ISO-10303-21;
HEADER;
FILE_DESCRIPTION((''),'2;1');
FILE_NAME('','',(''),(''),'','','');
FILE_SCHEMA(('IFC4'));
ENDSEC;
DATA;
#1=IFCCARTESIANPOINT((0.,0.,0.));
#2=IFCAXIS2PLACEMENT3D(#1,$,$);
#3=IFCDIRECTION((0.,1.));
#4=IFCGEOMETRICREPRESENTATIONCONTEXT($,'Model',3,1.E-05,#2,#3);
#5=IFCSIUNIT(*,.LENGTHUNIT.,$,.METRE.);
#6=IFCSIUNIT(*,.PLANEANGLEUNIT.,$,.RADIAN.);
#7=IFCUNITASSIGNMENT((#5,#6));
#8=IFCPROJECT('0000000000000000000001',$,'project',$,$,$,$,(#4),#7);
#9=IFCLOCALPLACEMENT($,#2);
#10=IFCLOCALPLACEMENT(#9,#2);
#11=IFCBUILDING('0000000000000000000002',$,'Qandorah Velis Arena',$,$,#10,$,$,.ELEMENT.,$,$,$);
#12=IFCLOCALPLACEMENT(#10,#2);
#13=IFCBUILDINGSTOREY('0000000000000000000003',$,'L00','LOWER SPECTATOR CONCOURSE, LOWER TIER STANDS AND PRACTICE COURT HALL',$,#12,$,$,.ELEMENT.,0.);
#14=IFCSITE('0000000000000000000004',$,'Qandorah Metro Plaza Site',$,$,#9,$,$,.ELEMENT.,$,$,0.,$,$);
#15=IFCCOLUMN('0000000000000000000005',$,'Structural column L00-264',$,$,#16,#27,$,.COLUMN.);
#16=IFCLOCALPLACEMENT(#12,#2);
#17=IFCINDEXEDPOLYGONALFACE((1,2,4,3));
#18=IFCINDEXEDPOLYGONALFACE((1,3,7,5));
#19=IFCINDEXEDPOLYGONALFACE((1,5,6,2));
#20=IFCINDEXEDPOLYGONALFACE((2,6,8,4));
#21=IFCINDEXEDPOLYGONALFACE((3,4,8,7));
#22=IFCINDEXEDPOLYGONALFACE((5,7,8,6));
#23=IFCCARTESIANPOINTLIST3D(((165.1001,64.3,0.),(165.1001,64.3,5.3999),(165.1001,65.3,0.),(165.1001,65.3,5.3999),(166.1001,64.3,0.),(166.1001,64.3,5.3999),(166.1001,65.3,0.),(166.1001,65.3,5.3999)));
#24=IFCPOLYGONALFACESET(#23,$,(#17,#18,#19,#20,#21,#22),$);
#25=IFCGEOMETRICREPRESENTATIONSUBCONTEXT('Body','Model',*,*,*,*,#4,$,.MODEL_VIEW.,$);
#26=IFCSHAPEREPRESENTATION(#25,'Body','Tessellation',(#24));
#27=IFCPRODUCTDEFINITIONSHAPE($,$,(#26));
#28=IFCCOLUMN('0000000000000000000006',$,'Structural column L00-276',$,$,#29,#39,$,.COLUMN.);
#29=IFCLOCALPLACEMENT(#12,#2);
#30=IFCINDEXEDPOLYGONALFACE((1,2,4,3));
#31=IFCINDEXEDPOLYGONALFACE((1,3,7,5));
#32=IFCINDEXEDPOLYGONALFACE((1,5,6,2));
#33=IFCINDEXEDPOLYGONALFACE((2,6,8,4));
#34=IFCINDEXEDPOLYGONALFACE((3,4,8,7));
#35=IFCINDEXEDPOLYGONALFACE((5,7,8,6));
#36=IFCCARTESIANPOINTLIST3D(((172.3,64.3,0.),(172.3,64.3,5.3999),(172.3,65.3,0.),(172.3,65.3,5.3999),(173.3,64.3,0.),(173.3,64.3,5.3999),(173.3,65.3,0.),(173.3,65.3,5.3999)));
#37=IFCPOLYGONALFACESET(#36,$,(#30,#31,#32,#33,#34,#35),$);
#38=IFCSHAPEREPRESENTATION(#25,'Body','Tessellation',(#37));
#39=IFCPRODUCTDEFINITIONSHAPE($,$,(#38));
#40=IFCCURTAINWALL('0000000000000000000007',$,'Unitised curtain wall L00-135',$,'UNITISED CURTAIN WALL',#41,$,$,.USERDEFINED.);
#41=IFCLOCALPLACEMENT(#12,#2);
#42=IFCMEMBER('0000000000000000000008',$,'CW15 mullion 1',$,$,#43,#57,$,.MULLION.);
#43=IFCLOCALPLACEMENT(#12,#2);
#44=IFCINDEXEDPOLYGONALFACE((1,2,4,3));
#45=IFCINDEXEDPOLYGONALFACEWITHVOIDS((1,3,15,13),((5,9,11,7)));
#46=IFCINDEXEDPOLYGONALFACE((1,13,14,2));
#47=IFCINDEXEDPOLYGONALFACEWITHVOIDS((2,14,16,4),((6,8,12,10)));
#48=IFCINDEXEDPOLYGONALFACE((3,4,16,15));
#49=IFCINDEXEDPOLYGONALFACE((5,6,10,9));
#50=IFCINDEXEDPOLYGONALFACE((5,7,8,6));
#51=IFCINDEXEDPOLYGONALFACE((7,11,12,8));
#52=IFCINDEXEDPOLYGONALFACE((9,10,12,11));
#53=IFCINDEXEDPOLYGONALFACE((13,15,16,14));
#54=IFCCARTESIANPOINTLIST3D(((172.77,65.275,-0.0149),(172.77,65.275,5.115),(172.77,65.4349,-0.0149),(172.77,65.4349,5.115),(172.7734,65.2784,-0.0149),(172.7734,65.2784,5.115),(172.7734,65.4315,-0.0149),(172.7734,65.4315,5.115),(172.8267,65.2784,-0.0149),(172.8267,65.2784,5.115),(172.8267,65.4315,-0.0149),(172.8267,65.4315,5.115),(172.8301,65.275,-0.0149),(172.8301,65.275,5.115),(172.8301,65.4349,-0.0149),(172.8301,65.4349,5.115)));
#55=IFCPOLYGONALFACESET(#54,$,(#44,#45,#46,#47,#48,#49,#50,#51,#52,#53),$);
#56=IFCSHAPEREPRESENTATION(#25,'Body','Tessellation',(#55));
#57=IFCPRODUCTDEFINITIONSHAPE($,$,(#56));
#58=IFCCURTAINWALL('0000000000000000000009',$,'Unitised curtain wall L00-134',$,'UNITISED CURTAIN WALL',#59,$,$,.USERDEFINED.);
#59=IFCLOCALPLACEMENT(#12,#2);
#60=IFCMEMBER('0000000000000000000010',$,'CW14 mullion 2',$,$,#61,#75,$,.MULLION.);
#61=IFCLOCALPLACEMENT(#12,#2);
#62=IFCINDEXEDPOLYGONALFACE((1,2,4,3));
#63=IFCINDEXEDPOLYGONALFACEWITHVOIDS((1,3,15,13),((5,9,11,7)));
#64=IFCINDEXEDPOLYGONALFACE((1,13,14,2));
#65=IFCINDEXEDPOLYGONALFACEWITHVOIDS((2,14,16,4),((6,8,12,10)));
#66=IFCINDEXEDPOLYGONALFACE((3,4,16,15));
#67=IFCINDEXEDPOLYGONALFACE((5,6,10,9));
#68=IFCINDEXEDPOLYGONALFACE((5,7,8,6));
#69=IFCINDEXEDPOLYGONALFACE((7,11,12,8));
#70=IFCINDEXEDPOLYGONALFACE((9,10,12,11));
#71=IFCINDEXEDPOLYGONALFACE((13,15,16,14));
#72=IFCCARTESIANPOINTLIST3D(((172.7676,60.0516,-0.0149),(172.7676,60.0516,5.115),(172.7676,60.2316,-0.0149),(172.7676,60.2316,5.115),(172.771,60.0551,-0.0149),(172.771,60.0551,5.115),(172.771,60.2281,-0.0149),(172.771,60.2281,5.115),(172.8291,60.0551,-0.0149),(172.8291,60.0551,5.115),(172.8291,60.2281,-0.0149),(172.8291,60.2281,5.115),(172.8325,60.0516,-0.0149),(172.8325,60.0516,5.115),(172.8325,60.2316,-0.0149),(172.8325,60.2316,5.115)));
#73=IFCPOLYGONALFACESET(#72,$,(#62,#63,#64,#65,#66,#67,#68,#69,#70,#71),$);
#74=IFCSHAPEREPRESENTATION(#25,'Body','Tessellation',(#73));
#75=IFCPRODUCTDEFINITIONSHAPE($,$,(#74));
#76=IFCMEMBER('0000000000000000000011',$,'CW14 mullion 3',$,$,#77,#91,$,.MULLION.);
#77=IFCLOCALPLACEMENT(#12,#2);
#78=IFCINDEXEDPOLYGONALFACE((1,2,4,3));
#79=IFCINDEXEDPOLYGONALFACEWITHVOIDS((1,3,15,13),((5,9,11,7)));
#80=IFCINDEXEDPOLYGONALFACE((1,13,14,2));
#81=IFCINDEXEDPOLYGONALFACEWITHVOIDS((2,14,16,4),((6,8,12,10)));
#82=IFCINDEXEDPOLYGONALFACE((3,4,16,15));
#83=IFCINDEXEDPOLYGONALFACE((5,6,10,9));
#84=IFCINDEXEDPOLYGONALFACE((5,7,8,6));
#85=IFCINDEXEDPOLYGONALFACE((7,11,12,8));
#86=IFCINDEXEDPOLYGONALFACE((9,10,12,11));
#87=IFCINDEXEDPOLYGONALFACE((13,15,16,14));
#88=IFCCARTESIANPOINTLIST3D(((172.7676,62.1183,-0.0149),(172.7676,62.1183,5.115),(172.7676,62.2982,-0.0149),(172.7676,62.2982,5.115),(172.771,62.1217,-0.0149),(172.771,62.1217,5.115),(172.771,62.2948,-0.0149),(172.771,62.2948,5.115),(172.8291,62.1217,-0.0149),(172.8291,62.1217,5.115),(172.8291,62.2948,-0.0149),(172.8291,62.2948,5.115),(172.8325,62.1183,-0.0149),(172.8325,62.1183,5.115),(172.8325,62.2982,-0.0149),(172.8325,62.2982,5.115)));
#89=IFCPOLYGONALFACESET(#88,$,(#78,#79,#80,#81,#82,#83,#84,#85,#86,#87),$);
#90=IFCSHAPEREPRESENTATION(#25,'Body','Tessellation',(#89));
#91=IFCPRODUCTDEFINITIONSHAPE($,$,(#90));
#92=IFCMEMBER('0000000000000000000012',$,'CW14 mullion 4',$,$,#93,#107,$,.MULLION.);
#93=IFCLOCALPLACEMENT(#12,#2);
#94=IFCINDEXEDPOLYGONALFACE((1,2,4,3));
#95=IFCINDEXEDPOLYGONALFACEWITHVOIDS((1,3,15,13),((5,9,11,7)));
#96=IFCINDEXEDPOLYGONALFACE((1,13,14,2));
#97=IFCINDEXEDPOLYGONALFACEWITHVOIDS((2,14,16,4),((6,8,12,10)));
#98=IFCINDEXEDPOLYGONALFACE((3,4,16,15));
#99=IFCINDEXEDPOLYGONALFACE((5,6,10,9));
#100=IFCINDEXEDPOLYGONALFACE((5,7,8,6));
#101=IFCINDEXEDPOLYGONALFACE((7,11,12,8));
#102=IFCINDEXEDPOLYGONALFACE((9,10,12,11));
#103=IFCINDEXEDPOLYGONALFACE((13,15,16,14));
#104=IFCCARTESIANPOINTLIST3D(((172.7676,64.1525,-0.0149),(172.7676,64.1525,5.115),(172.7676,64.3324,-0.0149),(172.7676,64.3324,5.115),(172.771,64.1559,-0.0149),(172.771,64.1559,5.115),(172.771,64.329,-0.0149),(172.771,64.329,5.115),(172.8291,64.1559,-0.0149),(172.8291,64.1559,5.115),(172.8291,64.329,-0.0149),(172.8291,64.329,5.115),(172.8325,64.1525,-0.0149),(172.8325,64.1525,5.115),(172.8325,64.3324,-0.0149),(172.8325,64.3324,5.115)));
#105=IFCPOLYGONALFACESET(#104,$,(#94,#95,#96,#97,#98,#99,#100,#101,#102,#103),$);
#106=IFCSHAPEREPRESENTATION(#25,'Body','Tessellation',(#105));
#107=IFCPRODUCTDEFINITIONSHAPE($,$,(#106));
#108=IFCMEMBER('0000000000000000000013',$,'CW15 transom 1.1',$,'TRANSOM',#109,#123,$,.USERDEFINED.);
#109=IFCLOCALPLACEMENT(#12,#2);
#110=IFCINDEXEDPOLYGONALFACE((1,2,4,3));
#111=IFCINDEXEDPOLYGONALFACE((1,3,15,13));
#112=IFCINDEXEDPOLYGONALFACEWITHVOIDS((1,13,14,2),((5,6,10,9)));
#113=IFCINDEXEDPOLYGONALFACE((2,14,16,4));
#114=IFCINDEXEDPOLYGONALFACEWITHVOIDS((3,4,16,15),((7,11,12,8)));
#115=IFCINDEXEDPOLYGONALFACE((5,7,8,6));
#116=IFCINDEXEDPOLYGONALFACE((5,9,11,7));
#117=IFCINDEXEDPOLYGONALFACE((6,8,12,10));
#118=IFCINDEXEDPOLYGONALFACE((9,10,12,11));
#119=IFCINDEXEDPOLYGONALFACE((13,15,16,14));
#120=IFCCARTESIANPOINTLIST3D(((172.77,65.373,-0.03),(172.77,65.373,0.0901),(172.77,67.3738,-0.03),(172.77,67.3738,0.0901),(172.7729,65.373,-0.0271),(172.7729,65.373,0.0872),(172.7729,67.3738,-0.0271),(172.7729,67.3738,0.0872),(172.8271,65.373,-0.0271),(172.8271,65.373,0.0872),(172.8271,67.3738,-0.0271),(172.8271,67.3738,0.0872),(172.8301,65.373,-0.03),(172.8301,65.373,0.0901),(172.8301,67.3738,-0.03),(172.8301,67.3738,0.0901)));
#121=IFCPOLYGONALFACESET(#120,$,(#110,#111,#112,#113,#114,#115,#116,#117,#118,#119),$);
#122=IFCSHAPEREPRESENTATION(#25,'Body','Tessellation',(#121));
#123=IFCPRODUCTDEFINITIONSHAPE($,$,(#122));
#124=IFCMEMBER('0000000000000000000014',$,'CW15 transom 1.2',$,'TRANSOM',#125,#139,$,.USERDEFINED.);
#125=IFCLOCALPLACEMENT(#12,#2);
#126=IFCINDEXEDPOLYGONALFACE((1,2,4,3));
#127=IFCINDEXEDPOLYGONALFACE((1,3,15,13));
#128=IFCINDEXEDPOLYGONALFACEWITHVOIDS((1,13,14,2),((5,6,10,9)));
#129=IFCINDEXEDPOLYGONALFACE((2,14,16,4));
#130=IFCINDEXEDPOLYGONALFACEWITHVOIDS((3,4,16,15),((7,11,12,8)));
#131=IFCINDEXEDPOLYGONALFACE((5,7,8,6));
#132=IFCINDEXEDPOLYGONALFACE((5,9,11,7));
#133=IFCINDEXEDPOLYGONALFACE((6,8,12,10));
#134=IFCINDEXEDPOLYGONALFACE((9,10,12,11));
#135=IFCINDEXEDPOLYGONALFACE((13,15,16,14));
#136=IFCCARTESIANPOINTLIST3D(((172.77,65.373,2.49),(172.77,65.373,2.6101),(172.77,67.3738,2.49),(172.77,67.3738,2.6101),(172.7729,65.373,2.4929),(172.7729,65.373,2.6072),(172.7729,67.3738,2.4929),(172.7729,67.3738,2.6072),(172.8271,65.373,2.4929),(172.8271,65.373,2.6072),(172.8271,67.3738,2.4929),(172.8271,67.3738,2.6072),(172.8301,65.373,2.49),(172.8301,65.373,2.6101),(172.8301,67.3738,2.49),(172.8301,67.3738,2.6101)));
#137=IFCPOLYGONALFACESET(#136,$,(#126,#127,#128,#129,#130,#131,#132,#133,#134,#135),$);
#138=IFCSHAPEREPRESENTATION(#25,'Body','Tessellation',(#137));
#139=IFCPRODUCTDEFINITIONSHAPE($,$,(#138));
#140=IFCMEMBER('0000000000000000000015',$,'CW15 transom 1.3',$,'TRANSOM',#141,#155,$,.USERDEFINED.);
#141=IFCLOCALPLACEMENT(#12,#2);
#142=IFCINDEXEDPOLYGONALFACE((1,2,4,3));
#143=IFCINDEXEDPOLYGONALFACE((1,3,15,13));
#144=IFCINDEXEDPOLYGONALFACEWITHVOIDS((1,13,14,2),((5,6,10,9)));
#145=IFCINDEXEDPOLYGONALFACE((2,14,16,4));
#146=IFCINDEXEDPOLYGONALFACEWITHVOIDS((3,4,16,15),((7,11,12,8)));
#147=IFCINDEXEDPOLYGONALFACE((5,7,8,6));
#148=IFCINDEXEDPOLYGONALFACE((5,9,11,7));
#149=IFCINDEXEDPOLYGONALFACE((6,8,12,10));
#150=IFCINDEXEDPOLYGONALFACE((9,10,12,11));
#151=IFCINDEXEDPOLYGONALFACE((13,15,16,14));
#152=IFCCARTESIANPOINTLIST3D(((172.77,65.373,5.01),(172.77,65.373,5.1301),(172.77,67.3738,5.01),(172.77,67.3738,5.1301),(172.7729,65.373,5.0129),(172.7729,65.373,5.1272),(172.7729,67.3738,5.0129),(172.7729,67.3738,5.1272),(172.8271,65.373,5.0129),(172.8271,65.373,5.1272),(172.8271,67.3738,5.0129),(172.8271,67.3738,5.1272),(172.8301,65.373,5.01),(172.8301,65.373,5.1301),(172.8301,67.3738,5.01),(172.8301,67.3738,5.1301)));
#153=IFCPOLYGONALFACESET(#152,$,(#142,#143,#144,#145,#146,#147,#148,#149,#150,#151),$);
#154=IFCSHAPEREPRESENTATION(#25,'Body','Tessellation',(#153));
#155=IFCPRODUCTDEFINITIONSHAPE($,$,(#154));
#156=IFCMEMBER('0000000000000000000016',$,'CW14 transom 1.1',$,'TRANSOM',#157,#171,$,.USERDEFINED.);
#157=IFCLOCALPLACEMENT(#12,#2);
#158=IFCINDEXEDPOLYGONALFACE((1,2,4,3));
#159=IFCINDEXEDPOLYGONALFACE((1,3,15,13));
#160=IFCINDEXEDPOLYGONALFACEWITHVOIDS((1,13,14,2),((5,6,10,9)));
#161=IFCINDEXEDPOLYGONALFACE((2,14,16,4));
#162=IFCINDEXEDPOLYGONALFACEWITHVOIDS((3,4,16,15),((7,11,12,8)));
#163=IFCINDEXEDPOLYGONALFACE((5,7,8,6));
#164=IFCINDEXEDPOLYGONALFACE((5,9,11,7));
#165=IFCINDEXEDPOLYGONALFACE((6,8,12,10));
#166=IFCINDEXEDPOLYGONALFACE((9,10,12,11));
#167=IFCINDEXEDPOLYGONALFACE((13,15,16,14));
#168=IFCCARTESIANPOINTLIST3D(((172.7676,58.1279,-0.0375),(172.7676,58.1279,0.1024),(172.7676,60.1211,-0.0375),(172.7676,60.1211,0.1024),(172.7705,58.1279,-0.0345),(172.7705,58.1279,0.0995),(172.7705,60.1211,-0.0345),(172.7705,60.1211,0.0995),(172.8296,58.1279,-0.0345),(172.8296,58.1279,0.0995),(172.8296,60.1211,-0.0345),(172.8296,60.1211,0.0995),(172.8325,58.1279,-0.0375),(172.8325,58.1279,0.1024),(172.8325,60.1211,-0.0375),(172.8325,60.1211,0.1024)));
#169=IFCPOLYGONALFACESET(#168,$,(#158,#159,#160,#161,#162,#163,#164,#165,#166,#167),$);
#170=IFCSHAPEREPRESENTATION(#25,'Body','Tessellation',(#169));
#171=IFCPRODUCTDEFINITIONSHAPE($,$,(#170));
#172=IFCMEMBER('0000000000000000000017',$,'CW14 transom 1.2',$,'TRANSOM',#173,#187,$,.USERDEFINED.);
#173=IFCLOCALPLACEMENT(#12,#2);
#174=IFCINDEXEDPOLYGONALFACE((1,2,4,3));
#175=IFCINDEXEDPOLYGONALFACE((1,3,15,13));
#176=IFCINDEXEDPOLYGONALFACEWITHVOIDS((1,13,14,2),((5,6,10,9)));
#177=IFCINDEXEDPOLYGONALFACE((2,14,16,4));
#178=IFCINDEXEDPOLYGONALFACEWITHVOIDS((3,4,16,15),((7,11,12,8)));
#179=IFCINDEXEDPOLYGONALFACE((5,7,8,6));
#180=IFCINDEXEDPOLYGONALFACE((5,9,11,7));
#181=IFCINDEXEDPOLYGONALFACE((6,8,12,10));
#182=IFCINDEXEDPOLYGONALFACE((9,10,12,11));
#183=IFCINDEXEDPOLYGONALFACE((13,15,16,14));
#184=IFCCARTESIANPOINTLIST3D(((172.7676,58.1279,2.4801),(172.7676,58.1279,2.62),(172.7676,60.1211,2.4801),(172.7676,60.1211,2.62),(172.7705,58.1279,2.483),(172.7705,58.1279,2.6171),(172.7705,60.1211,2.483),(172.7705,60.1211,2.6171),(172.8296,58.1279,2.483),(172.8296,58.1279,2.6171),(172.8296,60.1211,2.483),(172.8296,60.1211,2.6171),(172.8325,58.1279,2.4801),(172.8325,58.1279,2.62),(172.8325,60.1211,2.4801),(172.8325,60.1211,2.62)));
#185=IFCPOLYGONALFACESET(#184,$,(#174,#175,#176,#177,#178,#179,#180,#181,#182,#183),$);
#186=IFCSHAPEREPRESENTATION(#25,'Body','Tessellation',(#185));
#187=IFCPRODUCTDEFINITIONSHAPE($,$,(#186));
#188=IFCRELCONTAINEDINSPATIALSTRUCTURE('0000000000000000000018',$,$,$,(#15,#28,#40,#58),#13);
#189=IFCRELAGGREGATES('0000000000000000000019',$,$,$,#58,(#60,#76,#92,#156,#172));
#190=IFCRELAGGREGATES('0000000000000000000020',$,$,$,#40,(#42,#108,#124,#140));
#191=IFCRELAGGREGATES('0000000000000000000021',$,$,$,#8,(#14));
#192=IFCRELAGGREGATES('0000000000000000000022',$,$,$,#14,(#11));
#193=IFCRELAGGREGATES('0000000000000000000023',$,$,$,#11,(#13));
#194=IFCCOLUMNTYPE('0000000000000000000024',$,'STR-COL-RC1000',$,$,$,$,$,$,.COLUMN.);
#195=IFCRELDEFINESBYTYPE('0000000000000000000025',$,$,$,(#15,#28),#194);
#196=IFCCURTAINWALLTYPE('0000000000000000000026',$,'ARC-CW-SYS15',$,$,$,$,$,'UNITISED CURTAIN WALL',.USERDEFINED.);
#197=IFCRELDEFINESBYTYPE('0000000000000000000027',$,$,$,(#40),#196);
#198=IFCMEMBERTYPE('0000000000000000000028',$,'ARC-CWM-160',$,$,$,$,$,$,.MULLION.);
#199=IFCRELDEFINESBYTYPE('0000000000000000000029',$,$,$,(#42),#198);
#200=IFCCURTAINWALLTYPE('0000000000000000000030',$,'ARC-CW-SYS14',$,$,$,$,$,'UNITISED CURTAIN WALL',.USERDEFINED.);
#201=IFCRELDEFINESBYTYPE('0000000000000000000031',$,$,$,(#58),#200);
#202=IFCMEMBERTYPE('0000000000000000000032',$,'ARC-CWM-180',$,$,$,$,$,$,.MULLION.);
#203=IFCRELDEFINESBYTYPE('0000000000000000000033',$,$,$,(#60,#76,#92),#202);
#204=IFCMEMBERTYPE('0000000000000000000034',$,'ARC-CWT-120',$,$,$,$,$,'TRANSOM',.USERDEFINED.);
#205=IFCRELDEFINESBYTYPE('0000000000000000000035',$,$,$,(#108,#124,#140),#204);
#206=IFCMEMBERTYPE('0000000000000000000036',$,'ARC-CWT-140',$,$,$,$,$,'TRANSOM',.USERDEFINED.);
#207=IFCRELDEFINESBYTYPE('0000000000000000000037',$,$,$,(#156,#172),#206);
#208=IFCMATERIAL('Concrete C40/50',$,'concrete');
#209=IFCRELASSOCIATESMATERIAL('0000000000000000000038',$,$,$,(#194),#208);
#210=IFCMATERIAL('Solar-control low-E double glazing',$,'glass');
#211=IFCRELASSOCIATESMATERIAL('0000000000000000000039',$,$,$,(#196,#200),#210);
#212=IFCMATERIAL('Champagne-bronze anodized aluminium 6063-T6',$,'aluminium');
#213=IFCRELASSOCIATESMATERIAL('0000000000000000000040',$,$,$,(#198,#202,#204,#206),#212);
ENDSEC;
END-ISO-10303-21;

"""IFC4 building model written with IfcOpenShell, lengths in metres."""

from ifc_helpers import new_model, si_unit, direction, frame, origin, origin_2d, place, context, subcontext, project, spatial, rectangle, hollow_rectangle, extrude, material, material_profile, profile_set, type_object, element, aggregate, save


model = new_model("IFC4")

# Units and contexts
model_context = context("Model", 3, precision=1e-05, world=origin(), true_north=direction((0.0, 1.0)))
body_context = subcontext(model_context, "Body", "Model", "MODEL_VIEW")
ifc_project = project(units=[si_unit("LENGTHUNIT", "METRE"), si_unit("PLANEANGLEUNIT", "RADIAN")], contexts=[model_context])

# Site, building, storey
site_placement = place(None, origin())
site = spatial("IfcSite", under=ifc_project, at=site_placement, Name="Qandorah Metro Plaza Site", CompositionType="ELEMENT", RefElevation=0.0)
building_placement = place(site_placement, origin())
building = spatial("IfcBuilding", under=site, at=building_placement, Name="Qandorah Velis Arena", CompositionType="ELEMENT")
storey_placement = place(building_placement, origin())
storey = spatial("IfcBuildingStorey", under=building, at=storey_placement, Name="L00", Description="LOWER SPECTATOR CONCOURSE, LOWER TIER STANDS AND PRACTICE COURT HALL", CompositionType="ELEMENT", Elevation=0.0)

# Columns
ifc_material_1 = material(Name="Concrete C40/50", Category="concrete")
ifc_material_profile_1 = material_profile(ifc_material_1, rectangle(XDim=1.0, YDim=1.0, at=origin_2d()), Name="RC COL 1000x1000")
ifc_profile_set_1 = profile_set([ifc_material_profile_1], Name="Concrete C40/50")
column_type = type_object("IfcColumnType", Name="STR-COL-RC1000", PredefinedType="COLUMN", material=ifc_profile_set_1)
for number, where, z_axis, x_axis, name in (
    (1, (165.6001, 64.8, 0.0), (0.0, 0.0, 1.0), (1.0, 0.0, 0.0), "Structural column L00-264"),
    (2, (172.8, 64.8, 0.0), (0.0, 0.0, 1.0), (1.0, 0.0, 0.0), "Structural column L00-276"),
):
    element("IfcColumn", number, at=place(storey_placement, frame(where, z_axis=z_axis, x_axis=x_axis)), inside=storey, type_object=column_type, Name=name, PredefinedType="COLUMN", context=body_context, shape_type="SweptSolid", body=[
        extrude(rectangle(XDim=1.0, YDim=1.0, at=origin_2d()), origin(), (0.0, 0.0, 1.0), 5.3999),
    ])

# Curtain wall, member
ifc_material_2 = material(Name="Solar-control low-E double glazing", Category="glass")
curtain_wall_type_1 = type_object("IfcCurtainWallType", Name="ARC-CW-SYS15", ElementType="UNITISED CURTAIN WALL", PredefinedType="USERDEFINED", material=ifc_material_2)
curtain_wall_1_placement = place(storey_placement, origin())
curtain_wall_1 = element("IfcCurtainWall", 3, at=curtain_wall_1_placement, inside=storey, type_object=curtain_wall_type_1, Name="Unitised curtain wall L00-135", ObjectType="UNITISED CURTAIN WALL", PredefinedType="USERDEFINED")
ifc_material_3 = material(Name="Champagne-bronze anodized aluminium 6063-T6", Category="aluminium")
ifc_material_profile_2 = material_profile(ifc_material_3, hollow_rectangle(XDim=0.0601, YDim=0.1599, WallThickness=0.0034, at=origin_2d()), Name="ALU MULLION 60x160")
ifc_profile_set_2 = profile_set([ifc_material_profile_2], Name="Champagne-bronze anodized aluminium 6063-T6")
member_type_1 = type_object("IfcMemberType", Name="ARC-CWM-160", PredefinedType="MULLION", material=ifc_profile_set_2)
member_1_placement = place(storey_placement, frame((172.8, 65.355, -0.0149), z_axis=(0.0, 0.0, 1.0), x_axis=(-1.0, 0.0, 0.0)))
member_1 = element("IfcMember", 4, at=member_1_placement, type_object=member_type_1, Name="CW15 mullion 1", PredefinedType="MULLION", context=body_context, shape_type="SweptSolid", body=[
    extrude(hollow_rectangle(XDim=0.0601, YDim=0.1599, WallThickness=0.0034, at=origin_2d()), origin(), (0.0, 0.0, 1.0), 5.1299),
])

# Curtain wall, members
curtain_wall_type_2 = type_object("IfcCurtainWallType", Name="ARC-CW-SYS14", ElementType="UNITISED CURTAIN WALL", PredefinedType="USERDEFINED", material=ifc_material_2)
curtain_wall_2_placement = place(storey_placement, origin())
curtain_wall_2 = element("IfcCurtainWall", 5, at=curtain_wall_2_placement, inside=storey, type_object=curtain_wall_type_2, Name="Unitised curtain wall L00-134", ObjectType="UNITISED CURTAIN WALL", PredefinedType="USERDEFINED")
ifc_material_profile_3 = material_profile(ifc_material_3, hollow_rectangle(XDim=0.0649, YDim=0.1799, WallThickness=0.0034, at=origin_2d()), Name="ALU MULLION 65x180")
ifc_profile_set_3 = profile_set([ifc_material_profile_3], Name="Champagne-bronze anodized aluminium 6063-T6")
member_type_2 = type_object("IfcMemberType", Name="ARC-CWM-180", PredefinedType="MULLION", material=ifc_profile_set_3)
member_2_placement = place(storey_placement, frame((172.8, 60.1416, -0.0149), z_axis=(0.0, 0.0, 1.0), x_axis=(-1.0, 0.0, 0.0)))
member_2 = element("IfcMember", 6, at=member_2_placement, type_object=member_type_2, Name="CW14 mullion 2", PredefinedType="MULLION", context=body_context, shape_type="SweptSolid", body=[
    extrude(hollow_rectangle(XDim=0.0649, YDim=0.1799, WallThickness=0.0034, at=origin_2d()), origin(), (0.0, 0.0, 1.0), 5.1299),
])
member_3_placement = place(storey_placement, frame((172.8, 62.2083, -0.0149), z_axis=(0.0, 0.0, 1.0), x_axis=(-1.0, 0.0, 0.0)))
member_3 = element("IfcMember", 7, at=member_3_placement, type_object=member_type_2, Name="CW14 mullion 3", PredefinedType="MULLION", context=body_context, shape_type="SweptSolid", body=[
    extrude(hollow_rectangle(XDim=0.0649, YDim=0.1799, WallThickness=0.0034, at=origin_2d()), origin(), (0.0, 0.0, 1.0), 5.1299),
])
member_4_placement = place(storey_placement, frame((172.8, 64.2424, -0.0149), z_axis=(0.0, 0.0, 1.0), x_axis=(-1.0, 0.0, 0.0)))
member_4 = element("IfcMember", 8, at=member_4_placement, type_object=member_type_2, Name="CW14 mullion 4", PredefinedType="MULLION", context=body_context, shape_type="SweptSolid", body=[
    extrude(hollow_rectangle(XDim=0.0649, YDim=0.1799, WallThickness=0.0034, at=origin_2d()), origin(), (0.0, 0.0, 1.0), 5.1299),
])

# Members
ifc_material_profile_4 = material_profile(ifc_material_3, hollow_rectangle(XDim=0.0601, YDim=0.1201, WallThickness=0.0029, at=origin_2d()), Name="ALU TRANSOM 60x120")
ifc_profile_set_4 = profile_set([ifc_material_profile_4], Name="Champagne-bronze anodized aluminium 6063-T6")
member_type_3 = type_object("IfcMemberType", Name="ARC-CWT-120", ElementType="TRANSOM", PredefinedType="USERDEFINED", material=ifc_profile_set_4)
member_5_placement = place(storey_placement, frame((172.8, 65.373, 0.03), z_axis=(0.0, 1.0, 0.0), x_axis=(-1.0, 0.0, 0.0)))
member_5 = element("IfcMember", 9, at=member_5_placement, type_object=member_type_3, Name="CW15 transom 1.1", ObjectType="TRANSOM", PredefinedType="USERDEFINED", context=body_context, shape_type="SweptSolid", body=[
    extrude(hollow_rectangle(XDim=0.0601, YDim=0.1201, WallThickness=0.0029, at=origin_2d()), origin(), (0.0, 0.0, 1.0), 2.0007),
])
member_6_placement = place(storey_placement, frame((172.8, 65.373, 2.55), z_axis=(0.0, 1.0, 0.0), x_axis=(-1.0, 0.0, 0.0)))
member_6 = element("IfcMember", 10, at=member_6_placement, type_object=member_type_3, Name="CW15 transom 1.2", ObjectType="TRANSOM", PredefinedType="USERDEFINED", context=body_context, shape_type="SweptSolid", body=[
    extrude(hollow_rectangle(XDim=0.0601, YDim=0.1201, WallThickness=0.0029, at=origin_2d()), origin(), (0.0, 0.0, 1.0), 2.0007),
])
member_7_placement = place(storey_placement, frame((172.8, 65.373, 5.0701), z_axis=(0.0, 1.0, 0.0), x_axis=(-1.0, 0.0, 0.0)))
member_7 = element("IfcMember", 11, at=member_7_placement, type_object=member_type_3, Name="CW15 transom 1.3", ObjectType="TRANSOM", PredefinedType="USERDEFINED", context=body_context, shape_type="SweptSolid", body=[
    extrude(hollow_rectangle(XDim=0.0601, YDim=0.1201, WallThickness=0.0029, at=origin_2d()), origin(), (0.0, 0.0, 1.0), 2.0007),
])
ifc_material_profile_5 = material_profile(ifc_material_3, hollow_rectangle(XDim=0.0649, YDim=0.1399, WallThickness=0.0029, at=origin_2d()), Name="ALU TRANSOM 65x140")
ifc_profile_set_5 = profile_set([ifc_material_profile_5], Name="Champagne-bronze anodized aluminium 6063-T6")
member_type_4 = type_object("IfcMemberType", Name="ARC-CWT-140", ElementType="TRANSOM", PredefinedType="USERDEFINED", material=ifc_profile_set_5)
member_8_placement = place(storey_placement, frame((172.8, 58.1279, 0.0325), z_axis=(0.0, 1.0, 0.0), x_axis=(-1.0, 0.0, 0.0)))
member_8 = element("IfcMember", 12, at=member_8_placement, type_object=member_type_4, Name="CW14 transom 1.1", ObjectType="TRANSOM", PredefinedType="USERDEFINED", context=body_context, shape_type="SweptSolid", body=[
    extrude(hollow_rectangle(XDim=0.0649, YDim=0.1399, WallThickness=0.0029, at=origin_2d()), origin(), (0.0, 0.0, 1.0), 1.9932),
])
member_9_placement = place(storey_placement, frame((172.8, 58.1279, 2.55), z_axis=(0.0, 1.0, 0.0), x_axis=(-1.0, 0.0, 0.0)))
member_9 = element("IfcMember", 13, at=member_9_placement, type_object=member_type_4, Name="CW14 transom 1.2", ObjectType="TRANSOM", PredefinedType="USERDEFINED", context=body_context, shape_type="SweptSolid", body=[
    extrude(hollow_rectangle(XDim=0.0649, YDim=0.1399, WallThickness=0.0029, at=origin_2d()), origin(), (0.0, 0.0, 1.0), 1.9932),
])

aggregate(curtain_wall_2, [member_2, member_3, member_4, member_8, member_9])
aggregate(curtain_wall_1, [member_1, member_5, member_6, member_7])

save(model, "model.ifc")
